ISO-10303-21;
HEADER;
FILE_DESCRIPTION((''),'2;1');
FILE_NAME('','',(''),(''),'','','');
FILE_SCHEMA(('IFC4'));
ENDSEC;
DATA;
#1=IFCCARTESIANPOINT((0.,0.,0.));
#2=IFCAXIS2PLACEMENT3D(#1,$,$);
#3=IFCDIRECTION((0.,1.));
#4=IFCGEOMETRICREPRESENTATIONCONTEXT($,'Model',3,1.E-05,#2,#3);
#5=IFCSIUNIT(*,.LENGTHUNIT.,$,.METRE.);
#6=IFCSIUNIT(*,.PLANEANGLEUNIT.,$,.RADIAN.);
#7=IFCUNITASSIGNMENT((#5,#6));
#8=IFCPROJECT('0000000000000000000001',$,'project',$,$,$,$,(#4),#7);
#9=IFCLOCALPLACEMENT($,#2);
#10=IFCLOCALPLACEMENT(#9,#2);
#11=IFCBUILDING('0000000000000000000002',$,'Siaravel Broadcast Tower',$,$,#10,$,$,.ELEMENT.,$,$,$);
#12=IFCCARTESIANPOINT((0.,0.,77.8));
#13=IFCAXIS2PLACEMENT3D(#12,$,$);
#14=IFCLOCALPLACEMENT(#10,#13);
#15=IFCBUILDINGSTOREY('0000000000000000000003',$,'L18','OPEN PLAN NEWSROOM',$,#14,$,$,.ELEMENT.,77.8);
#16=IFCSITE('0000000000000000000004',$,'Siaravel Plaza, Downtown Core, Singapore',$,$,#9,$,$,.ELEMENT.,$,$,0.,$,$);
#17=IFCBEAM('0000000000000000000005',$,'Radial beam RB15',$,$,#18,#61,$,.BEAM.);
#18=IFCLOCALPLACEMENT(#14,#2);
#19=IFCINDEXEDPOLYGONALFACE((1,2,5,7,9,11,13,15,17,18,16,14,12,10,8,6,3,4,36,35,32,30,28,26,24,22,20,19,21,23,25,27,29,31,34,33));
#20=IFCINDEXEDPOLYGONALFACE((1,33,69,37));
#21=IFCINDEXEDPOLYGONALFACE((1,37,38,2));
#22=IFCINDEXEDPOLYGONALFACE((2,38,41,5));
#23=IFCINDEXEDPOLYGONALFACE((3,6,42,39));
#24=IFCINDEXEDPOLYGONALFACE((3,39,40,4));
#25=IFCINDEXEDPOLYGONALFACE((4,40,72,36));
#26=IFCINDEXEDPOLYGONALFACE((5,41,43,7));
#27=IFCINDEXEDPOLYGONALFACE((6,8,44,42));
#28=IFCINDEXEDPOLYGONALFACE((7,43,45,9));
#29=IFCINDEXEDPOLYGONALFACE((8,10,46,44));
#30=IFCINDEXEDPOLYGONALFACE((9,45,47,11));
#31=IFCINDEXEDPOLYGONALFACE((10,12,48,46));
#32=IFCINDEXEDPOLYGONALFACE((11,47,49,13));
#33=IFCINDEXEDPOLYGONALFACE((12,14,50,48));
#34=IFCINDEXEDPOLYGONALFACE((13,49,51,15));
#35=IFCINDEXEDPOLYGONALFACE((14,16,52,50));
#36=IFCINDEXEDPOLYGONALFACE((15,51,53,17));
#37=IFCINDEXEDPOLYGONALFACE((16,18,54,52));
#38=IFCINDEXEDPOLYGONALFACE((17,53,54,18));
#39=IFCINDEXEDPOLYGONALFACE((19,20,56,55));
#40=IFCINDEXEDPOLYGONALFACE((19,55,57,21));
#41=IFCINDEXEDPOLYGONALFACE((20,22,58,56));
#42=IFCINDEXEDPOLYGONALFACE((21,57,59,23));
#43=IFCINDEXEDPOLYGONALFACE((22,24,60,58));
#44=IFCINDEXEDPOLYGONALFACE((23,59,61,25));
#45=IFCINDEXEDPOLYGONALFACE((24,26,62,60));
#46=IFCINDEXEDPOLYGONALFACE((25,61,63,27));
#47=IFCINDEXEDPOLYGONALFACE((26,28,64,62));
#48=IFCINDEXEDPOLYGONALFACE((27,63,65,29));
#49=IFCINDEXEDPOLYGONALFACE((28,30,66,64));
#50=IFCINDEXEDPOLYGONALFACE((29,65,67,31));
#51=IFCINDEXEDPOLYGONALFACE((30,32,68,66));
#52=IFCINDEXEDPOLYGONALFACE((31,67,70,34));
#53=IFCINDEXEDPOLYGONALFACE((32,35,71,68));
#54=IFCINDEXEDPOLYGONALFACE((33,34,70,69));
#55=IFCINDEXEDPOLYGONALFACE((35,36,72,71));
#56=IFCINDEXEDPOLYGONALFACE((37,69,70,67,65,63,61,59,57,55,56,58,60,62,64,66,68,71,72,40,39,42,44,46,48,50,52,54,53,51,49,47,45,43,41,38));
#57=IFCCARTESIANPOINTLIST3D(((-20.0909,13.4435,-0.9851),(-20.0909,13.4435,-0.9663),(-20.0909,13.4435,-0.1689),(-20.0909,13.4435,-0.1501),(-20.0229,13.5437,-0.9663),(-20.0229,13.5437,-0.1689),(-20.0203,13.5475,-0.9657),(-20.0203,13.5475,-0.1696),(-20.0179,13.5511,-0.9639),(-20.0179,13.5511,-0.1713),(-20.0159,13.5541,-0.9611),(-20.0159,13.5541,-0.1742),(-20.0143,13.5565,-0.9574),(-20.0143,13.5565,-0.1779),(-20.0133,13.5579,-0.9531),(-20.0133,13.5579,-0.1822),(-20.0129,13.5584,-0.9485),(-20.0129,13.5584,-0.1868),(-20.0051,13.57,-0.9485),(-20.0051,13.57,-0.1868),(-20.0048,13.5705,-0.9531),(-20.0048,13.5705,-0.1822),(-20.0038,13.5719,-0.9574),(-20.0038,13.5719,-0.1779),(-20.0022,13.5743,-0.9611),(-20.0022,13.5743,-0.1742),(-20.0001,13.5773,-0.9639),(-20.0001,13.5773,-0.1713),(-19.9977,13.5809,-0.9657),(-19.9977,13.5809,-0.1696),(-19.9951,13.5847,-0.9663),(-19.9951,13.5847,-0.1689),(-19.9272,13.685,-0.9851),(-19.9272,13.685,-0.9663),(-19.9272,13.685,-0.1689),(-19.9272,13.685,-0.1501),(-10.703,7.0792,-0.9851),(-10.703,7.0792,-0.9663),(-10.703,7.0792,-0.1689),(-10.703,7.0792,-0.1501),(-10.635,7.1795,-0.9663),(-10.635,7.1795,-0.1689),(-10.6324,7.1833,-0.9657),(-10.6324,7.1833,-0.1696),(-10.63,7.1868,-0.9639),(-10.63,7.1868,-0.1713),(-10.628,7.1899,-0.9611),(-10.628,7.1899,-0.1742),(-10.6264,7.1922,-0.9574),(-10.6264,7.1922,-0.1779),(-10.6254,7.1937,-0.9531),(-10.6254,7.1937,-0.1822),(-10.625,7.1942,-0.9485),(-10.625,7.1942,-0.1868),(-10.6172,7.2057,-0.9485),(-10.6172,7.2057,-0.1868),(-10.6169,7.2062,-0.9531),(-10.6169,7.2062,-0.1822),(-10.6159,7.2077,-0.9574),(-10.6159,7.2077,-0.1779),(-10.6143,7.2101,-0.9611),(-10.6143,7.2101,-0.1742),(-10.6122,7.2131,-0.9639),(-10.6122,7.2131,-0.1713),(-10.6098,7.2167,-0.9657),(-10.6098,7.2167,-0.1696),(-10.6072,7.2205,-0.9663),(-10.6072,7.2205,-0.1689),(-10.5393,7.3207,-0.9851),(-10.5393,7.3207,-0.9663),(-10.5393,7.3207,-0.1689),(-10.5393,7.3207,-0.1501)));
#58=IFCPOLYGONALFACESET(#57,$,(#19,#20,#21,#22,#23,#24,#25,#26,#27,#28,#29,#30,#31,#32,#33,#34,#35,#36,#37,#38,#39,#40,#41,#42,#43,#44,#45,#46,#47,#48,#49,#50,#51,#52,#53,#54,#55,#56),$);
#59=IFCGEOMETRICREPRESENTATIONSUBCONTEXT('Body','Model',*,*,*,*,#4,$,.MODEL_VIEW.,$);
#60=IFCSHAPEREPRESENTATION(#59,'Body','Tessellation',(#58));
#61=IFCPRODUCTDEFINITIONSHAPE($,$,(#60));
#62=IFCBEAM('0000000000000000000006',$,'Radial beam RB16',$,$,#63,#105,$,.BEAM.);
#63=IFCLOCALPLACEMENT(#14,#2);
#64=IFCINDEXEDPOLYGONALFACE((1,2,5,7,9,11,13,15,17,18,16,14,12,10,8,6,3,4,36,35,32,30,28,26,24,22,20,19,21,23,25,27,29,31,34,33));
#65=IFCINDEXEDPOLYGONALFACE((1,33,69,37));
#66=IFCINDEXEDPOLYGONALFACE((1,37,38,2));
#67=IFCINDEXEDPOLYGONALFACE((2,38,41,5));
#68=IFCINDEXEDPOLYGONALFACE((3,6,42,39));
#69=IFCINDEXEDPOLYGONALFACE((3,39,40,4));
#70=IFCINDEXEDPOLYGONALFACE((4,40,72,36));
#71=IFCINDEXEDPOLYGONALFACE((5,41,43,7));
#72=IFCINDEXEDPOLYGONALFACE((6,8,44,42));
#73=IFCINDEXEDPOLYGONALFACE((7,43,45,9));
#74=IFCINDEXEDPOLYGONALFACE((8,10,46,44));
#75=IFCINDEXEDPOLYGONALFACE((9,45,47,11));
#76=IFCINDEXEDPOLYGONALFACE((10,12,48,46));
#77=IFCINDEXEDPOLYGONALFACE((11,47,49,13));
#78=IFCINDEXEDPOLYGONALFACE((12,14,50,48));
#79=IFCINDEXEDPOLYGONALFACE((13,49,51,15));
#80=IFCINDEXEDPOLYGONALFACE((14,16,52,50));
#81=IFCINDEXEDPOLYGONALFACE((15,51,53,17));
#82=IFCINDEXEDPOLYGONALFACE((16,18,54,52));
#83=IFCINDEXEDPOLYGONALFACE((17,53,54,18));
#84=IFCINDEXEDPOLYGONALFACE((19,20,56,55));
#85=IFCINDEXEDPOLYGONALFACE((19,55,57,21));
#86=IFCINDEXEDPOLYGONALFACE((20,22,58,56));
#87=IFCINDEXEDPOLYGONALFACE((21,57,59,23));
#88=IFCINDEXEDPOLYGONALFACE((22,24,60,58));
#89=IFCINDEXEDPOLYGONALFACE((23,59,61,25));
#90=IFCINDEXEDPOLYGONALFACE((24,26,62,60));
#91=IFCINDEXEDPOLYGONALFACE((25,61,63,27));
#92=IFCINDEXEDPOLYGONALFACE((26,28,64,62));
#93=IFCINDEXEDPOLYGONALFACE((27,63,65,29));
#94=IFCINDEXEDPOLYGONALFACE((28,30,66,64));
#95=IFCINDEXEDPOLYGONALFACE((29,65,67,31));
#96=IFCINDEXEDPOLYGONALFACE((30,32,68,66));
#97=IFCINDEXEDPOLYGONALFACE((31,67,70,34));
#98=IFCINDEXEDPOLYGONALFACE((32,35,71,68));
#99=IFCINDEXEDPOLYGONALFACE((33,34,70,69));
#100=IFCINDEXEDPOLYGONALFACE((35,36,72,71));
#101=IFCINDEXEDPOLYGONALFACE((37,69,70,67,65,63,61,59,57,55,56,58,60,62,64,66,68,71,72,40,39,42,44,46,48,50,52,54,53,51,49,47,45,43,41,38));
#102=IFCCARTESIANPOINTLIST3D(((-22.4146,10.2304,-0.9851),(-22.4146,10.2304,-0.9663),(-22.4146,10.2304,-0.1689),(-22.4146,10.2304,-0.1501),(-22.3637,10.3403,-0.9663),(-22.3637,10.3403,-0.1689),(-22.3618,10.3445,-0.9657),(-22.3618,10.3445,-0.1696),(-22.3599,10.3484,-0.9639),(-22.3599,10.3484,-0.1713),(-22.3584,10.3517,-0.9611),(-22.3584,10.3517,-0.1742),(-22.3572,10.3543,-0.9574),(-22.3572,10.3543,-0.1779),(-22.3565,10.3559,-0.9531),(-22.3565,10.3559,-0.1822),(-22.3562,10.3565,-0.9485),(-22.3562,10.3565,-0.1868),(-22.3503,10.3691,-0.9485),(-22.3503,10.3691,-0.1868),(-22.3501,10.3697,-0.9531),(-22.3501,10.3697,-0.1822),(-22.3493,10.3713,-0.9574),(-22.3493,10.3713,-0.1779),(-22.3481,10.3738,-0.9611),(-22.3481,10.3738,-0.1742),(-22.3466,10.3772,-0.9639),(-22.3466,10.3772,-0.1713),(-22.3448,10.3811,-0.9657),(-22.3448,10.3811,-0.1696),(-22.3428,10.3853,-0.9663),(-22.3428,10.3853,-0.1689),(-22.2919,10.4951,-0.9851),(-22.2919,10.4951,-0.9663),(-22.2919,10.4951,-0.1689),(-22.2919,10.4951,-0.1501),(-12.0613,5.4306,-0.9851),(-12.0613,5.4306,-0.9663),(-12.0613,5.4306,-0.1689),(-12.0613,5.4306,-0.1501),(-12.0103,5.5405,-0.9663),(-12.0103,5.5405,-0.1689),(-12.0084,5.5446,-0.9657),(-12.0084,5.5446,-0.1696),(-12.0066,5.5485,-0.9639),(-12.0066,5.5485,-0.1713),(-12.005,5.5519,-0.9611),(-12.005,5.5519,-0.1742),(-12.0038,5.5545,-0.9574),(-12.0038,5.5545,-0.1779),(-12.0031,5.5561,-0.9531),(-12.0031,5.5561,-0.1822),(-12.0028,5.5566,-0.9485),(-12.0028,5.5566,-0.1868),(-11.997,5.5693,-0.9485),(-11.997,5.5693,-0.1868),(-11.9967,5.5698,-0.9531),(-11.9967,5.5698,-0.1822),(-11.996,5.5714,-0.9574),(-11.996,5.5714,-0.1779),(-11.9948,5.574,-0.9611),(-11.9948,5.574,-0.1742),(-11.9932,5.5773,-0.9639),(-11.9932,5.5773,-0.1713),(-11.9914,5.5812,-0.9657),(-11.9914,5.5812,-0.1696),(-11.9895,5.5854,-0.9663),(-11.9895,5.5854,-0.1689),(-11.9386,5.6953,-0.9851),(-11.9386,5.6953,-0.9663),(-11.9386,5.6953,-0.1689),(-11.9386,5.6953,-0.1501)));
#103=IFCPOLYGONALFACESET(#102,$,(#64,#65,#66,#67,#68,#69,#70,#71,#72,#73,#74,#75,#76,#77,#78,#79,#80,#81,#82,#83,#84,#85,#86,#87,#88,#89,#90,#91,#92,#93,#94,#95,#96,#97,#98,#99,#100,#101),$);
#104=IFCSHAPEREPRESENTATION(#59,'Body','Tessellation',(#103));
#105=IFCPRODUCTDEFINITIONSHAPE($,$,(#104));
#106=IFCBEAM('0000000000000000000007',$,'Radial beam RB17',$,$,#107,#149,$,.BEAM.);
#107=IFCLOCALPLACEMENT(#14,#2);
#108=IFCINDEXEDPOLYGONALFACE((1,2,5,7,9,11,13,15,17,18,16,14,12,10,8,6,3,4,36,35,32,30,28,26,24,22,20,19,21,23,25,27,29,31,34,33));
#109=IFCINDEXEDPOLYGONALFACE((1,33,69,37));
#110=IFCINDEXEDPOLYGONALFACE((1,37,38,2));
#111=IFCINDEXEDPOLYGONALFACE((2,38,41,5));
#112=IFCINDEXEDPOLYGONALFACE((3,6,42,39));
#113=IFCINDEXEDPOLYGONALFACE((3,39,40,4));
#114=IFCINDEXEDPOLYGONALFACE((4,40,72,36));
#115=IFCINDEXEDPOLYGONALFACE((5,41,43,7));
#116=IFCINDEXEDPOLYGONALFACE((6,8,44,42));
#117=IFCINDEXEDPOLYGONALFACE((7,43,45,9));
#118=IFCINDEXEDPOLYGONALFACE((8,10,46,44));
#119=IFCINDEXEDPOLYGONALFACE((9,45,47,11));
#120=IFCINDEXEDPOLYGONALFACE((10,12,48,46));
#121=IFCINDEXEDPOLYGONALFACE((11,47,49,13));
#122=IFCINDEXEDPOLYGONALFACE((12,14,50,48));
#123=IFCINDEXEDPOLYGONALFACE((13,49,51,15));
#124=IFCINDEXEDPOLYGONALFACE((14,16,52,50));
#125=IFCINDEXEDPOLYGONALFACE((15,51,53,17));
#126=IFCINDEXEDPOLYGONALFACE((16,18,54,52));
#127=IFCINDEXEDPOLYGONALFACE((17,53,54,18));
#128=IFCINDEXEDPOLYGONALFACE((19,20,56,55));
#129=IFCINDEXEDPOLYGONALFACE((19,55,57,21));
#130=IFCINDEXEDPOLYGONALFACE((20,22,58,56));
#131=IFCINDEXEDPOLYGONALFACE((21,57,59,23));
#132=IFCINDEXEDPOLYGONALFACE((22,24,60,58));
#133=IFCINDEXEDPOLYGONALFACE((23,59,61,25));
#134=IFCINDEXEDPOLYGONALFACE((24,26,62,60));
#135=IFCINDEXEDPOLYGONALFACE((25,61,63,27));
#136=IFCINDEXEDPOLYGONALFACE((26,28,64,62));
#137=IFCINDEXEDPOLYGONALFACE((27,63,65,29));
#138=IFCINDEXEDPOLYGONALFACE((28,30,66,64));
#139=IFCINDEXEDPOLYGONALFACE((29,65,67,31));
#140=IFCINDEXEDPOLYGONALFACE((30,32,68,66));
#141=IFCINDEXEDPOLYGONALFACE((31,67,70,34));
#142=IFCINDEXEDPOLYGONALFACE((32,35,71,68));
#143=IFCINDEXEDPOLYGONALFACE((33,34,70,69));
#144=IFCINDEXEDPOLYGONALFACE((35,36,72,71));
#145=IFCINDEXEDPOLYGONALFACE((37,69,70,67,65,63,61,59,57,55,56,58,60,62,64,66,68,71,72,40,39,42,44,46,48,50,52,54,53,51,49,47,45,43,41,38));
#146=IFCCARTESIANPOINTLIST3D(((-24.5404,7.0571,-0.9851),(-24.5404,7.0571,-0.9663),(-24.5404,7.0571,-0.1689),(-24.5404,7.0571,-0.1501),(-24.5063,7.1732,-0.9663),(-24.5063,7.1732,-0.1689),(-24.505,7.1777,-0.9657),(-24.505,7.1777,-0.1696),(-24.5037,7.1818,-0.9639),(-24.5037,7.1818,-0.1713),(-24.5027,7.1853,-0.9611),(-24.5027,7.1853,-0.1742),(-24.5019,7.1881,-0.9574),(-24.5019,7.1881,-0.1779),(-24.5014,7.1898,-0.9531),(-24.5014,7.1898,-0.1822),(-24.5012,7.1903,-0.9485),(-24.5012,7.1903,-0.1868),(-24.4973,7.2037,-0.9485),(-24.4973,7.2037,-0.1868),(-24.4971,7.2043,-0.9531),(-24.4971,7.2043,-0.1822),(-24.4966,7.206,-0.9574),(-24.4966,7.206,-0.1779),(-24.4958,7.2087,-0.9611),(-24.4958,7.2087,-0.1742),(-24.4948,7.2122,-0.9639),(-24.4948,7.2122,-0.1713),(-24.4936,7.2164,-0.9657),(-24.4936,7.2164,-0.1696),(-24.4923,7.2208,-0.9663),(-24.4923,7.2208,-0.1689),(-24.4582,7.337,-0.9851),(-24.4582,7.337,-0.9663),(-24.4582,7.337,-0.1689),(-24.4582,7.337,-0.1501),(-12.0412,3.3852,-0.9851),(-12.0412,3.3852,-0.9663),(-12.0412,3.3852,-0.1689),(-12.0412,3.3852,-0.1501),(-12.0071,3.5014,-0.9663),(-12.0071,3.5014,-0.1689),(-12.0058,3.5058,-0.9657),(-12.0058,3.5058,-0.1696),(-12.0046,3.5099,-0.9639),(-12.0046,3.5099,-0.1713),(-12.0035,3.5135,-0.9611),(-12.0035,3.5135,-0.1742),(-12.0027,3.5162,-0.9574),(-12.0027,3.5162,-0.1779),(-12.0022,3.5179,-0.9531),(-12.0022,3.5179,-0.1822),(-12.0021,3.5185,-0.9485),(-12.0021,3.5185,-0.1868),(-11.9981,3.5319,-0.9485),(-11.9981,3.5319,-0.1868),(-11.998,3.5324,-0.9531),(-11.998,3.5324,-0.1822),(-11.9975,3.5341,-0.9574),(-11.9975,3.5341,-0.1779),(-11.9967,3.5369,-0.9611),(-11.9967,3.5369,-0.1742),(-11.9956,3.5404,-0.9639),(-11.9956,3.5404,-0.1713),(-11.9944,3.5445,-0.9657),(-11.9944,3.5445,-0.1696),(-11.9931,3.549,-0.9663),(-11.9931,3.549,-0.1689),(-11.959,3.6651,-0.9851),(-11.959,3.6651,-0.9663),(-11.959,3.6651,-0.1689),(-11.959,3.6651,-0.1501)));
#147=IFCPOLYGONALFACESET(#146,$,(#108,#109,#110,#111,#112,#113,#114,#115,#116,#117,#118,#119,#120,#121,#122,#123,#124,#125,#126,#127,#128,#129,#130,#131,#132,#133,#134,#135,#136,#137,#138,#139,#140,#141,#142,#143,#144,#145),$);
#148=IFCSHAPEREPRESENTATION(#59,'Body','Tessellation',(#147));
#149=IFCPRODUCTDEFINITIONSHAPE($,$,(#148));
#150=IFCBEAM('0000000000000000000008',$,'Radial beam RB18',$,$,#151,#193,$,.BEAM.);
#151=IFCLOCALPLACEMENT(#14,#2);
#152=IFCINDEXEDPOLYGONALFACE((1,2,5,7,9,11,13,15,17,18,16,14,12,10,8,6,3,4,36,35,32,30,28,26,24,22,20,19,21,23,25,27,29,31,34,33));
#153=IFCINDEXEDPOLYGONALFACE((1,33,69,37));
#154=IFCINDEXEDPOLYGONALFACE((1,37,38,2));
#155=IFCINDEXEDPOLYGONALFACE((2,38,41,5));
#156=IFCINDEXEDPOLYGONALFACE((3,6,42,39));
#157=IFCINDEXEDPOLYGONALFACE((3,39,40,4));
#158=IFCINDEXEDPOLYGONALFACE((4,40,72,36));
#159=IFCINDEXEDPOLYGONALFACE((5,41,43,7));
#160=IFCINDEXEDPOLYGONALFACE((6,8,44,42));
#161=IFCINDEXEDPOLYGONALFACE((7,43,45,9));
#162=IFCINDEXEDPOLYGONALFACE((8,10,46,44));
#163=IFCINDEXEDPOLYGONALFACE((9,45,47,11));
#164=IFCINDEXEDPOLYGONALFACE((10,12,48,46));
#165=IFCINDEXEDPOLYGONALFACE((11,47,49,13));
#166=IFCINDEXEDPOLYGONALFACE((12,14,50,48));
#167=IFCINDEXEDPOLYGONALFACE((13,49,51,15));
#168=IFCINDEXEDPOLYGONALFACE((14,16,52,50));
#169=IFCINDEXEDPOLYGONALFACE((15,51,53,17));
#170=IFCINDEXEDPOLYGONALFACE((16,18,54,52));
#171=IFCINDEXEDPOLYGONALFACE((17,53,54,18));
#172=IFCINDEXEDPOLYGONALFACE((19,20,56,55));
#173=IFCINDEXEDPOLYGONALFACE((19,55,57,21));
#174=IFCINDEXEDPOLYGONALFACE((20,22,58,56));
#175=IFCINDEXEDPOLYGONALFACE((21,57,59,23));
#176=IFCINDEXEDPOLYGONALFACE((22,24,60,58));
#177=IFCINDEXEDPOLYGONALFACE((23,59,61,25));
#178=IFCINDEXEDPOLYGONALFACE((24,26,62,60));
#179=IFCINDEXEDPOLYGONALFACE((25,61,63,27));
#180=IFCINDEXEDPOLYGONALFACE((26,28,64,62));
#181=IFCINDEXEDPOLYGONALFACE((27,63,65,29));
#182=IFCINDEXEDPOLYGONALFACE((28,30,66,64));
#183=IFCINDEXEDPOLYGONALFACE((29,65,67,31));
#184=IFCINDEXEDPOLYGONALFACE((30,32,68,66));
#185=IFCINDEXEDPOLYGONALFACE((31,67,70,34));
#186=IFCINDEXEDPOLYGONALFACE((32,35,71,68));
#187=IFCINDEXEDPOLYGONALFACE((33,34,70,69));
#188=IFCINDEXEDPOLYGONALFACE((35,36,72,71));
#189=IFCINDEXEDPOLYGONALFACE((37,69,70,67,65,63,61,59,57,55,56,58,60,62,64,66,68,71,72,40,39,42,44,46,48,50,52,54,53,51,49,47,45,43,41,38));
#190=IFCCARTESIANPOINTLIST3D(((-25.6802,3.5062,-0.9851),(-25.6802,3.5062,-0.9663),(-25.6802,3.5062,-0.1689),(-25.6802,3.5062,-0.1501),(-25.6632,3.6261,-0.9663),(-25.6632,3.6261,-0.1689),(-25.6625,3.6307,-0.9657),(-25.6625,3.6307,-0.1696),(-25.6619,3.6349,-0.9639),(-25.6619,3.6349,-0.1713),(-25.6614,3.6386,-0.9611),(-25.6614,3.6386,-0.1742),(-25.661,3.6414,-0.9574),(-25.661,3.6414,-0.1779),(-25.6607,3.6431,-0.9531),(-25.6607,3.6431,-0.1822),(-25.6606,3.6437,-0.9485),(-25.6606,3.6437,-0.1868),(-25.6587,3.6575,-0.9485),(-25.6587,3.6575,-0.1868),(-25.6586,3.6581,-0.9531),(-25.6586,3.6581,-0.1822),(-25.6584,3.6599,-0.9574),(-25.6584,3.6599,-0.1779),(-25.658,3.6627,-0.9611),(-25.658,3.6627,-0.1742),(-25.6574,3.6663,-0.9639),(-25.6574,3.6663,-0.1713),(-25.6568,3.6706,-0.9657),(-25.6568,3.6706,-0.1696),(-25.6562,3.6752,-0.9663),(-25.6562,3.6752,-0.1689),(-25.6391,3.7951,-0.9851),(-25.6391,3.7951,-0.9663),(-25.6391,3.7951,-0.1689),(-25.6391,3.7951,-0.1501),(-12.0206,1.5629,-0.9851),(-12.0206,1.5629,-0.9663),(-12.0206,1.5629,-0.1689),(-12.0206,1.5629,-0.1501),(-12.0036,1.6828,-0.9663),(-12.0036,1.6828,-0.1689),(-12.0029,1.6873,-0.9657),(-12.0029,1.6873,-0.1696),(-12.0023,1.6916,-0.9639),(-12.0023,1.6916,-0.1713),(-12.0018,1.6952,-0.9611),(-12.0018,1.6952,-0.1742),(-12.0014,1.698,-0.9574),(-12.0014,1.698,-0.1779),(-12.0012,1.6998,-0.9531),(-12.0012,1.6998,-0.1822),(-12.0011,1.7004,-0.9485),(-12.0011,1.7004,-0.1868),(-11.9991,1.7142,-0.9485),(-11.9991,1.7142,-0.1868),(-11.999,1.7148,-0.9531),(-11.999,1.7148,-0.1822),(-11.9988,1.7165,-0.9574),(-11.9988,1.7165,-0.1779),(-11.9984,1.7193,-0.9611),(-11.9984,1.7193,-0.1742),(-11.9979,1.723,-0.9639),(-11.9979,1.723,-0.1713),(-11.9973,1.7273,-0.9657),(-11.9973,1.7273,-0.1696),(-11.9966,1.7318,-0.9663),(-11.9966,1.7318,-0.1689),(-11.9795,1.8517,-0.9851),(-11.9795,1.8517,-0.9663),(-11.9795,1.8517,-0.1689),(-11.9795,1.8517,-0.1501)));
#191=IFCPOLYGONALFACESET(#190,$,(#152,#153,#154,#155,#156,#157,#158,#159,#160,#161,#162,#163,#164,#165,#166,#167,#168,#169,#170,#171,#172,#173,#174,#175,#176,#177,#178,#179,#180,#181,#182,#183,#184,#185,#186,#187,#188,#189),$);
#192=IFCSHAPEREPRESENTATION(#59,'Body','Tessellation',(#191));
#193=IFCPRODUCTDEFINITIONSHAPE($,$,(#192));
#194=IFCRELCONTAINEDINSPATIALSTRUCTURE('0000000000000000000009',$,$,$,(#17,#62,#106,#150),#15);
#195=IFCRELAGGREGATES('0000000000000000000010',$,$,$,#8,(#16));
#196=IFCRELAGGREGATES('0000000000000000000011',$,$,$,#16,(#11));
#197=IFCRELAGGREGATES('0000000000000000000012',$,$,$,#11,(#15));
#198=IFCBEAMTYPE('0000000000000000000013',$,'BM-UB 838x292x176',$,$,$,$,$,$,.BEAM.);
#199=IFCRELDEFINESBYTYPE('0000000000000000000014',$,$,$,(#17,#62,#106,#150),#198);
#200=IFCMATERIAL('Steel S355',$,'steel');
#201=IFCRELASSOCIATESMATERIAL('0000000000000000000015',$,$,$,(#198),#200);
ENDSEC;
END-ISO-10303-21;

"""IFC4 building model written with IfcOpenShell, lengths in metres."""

from ifc_helpers import new_model, si_unit, direction, frame, origin, origin_2d, place, context, subcontext, project, spatial, i_section, extrude, material, material_profile, profile_set, type_object, element, save


model = new_model("IFC4")

# Units and contexts
model_context = context("Model", 3, precision=1e-05, world=origin(), true_north=direction((0.0, 1.0)))
body_context = subcontext(model_context, "Body", "Model", "MODEL_VIEW")
ifc_project = project(units=[si_unit("LENGTHUNIT", "METRE"), si_unit("PLANEANGLEUNIT", "RADIAN")], contexts=[model_context])

# Site, building, storey
site_placement = place(None, origin())
site = spatial("IfcSite", under=ifc_project, at=site_placement, Name="Siaravel Plaza, Downtown Core, Singapore", CompositionType="ELEMENT", RefElevation=0.0)
building_placement = place(site_placement, origin())
building = spatial("IfcBuilding", under=site, at=building_placement, Name="Siaravel Broadcast Tower", CompositionType="ELEMENT")
storey_placement = place(building_placement, frame((0.0, 0.0, 77.8)))
storey = spatial("IfcBuildingStorey", under=building, at=storey_placement, Name="L18", Description="OPEN PLAN NEWSROOM", CompositionType="ELEMENT", Elevation=77.8)

# Beams
ifc_material_1 = material(Name="Steel S355", Category="steel")
ifc_material_profile_1 = material_profile(ifc_material_1, i_section(OverallWidth=0.2917, OverallDepth=0.835, WebThickness=0.0139, FlangeThickness=0.0188, FilletRadius=0.0178, at=origin_2d()))
ifc_profile_set_1 = profile_set([ifc_material_profile_1], Name="Steel S355")
beam_type = type_object("IfcBeamType", Name="BM-UB 838x292x176", PredefinedType="BEAM", material=ifc_profile_set_1)
beam_1_placement = place(storey_placement, frame((-20.009, 13.5642, -0.5676), z_axis=(0.827727, -0.561131, 0.0), x_axis=(0.561131, 0.827727, 0.0)))
element("IfcBeam", 1, at=beam_1_placement, inside=storey, type_object=beam_type, Name="Radial beam RB15", PredefinedType="BEAM", context=body_context, shape_type="SweptSolid", body=[
    extrude(i_section(OverallWidth=0.2917, OverallDepth=0.835, WebThickness=0.0139, FlangeThickness=0.0188, FilletRadius=0.0178, at=origin_2d()), origin(), (0.0, 0.0, 1.0), 11.3418),
])
beam_2_placement = place(storey_placement, frame((-22.3533, 10.3628, -0.5676), z_axis=(0.907246, -0.420601, 0.0), x_axis=(0.420601, 0.907246, 0.0)))
element("IfcBeam", 2, at=beam_2_placement, inside=storey, type_object=beam_type, Name="Radial beam RB16", PredefinedType="BEAM", context=body_context, shape_type="SweptSolid", body=[
    extrude(i_section(OverallWidth=0.2917, OverallDepth=0.835, WebThickness=0.0139, FlangeThickness=0.0188, FilletRadius=0.0178, at=origin_2d()), origin(), (0.0, 0.0, 1.0), 11.4119),
])
beam_3_placement = place(storey_placement, frame((-24.4993, 7.197, -0.5676), z_axis=(0.959456, -0.281857, 0.0), x_axis=(0.281857, 0.959456, 0.0)))
element("IfcBeam", 3, at=beam_3_placement, inside=storey, type_object=beam_type, Name="Radial beam RB17", PredefinedType="BEAM", context=body_context, shape_type="SweptSolid", body=[
    extrude(i_section(OverallWidth=0.2917, OverallDepth=0.835, WebThickness=0.0139, FlangeThickness=0.0188, FilletRadius=0.0178, at=origin_2d()), origin(), (0.0, 0.0, 1.0), 13.0273),
])
beam_4_placement = place(storey_placement, frame((-25.6597, 3.6506, -0.5676), z_axis=(0.990031, -0.140852, 0.0), x_axis=(0.140852, 0.990031, 0.0)))
element("IfcBeam", 4, at=beam_4_placement, inside=storey, type_object=beam_type, Name="Radial beam RB18", PredefinedType="BEAM", context=body_context, shape_type="SweptSolid", body=[
    extrude(i_section(OverallWidth=0.2917, OverallDepth=0.835, WebThickness=0.0139, FlangeThickness=0.0188, FilletRadius=0.0178, at=origin_2d()), origin(), (0.0, 0.0, 1.0), 13.7971),
])

save(model, "model.ifc")
